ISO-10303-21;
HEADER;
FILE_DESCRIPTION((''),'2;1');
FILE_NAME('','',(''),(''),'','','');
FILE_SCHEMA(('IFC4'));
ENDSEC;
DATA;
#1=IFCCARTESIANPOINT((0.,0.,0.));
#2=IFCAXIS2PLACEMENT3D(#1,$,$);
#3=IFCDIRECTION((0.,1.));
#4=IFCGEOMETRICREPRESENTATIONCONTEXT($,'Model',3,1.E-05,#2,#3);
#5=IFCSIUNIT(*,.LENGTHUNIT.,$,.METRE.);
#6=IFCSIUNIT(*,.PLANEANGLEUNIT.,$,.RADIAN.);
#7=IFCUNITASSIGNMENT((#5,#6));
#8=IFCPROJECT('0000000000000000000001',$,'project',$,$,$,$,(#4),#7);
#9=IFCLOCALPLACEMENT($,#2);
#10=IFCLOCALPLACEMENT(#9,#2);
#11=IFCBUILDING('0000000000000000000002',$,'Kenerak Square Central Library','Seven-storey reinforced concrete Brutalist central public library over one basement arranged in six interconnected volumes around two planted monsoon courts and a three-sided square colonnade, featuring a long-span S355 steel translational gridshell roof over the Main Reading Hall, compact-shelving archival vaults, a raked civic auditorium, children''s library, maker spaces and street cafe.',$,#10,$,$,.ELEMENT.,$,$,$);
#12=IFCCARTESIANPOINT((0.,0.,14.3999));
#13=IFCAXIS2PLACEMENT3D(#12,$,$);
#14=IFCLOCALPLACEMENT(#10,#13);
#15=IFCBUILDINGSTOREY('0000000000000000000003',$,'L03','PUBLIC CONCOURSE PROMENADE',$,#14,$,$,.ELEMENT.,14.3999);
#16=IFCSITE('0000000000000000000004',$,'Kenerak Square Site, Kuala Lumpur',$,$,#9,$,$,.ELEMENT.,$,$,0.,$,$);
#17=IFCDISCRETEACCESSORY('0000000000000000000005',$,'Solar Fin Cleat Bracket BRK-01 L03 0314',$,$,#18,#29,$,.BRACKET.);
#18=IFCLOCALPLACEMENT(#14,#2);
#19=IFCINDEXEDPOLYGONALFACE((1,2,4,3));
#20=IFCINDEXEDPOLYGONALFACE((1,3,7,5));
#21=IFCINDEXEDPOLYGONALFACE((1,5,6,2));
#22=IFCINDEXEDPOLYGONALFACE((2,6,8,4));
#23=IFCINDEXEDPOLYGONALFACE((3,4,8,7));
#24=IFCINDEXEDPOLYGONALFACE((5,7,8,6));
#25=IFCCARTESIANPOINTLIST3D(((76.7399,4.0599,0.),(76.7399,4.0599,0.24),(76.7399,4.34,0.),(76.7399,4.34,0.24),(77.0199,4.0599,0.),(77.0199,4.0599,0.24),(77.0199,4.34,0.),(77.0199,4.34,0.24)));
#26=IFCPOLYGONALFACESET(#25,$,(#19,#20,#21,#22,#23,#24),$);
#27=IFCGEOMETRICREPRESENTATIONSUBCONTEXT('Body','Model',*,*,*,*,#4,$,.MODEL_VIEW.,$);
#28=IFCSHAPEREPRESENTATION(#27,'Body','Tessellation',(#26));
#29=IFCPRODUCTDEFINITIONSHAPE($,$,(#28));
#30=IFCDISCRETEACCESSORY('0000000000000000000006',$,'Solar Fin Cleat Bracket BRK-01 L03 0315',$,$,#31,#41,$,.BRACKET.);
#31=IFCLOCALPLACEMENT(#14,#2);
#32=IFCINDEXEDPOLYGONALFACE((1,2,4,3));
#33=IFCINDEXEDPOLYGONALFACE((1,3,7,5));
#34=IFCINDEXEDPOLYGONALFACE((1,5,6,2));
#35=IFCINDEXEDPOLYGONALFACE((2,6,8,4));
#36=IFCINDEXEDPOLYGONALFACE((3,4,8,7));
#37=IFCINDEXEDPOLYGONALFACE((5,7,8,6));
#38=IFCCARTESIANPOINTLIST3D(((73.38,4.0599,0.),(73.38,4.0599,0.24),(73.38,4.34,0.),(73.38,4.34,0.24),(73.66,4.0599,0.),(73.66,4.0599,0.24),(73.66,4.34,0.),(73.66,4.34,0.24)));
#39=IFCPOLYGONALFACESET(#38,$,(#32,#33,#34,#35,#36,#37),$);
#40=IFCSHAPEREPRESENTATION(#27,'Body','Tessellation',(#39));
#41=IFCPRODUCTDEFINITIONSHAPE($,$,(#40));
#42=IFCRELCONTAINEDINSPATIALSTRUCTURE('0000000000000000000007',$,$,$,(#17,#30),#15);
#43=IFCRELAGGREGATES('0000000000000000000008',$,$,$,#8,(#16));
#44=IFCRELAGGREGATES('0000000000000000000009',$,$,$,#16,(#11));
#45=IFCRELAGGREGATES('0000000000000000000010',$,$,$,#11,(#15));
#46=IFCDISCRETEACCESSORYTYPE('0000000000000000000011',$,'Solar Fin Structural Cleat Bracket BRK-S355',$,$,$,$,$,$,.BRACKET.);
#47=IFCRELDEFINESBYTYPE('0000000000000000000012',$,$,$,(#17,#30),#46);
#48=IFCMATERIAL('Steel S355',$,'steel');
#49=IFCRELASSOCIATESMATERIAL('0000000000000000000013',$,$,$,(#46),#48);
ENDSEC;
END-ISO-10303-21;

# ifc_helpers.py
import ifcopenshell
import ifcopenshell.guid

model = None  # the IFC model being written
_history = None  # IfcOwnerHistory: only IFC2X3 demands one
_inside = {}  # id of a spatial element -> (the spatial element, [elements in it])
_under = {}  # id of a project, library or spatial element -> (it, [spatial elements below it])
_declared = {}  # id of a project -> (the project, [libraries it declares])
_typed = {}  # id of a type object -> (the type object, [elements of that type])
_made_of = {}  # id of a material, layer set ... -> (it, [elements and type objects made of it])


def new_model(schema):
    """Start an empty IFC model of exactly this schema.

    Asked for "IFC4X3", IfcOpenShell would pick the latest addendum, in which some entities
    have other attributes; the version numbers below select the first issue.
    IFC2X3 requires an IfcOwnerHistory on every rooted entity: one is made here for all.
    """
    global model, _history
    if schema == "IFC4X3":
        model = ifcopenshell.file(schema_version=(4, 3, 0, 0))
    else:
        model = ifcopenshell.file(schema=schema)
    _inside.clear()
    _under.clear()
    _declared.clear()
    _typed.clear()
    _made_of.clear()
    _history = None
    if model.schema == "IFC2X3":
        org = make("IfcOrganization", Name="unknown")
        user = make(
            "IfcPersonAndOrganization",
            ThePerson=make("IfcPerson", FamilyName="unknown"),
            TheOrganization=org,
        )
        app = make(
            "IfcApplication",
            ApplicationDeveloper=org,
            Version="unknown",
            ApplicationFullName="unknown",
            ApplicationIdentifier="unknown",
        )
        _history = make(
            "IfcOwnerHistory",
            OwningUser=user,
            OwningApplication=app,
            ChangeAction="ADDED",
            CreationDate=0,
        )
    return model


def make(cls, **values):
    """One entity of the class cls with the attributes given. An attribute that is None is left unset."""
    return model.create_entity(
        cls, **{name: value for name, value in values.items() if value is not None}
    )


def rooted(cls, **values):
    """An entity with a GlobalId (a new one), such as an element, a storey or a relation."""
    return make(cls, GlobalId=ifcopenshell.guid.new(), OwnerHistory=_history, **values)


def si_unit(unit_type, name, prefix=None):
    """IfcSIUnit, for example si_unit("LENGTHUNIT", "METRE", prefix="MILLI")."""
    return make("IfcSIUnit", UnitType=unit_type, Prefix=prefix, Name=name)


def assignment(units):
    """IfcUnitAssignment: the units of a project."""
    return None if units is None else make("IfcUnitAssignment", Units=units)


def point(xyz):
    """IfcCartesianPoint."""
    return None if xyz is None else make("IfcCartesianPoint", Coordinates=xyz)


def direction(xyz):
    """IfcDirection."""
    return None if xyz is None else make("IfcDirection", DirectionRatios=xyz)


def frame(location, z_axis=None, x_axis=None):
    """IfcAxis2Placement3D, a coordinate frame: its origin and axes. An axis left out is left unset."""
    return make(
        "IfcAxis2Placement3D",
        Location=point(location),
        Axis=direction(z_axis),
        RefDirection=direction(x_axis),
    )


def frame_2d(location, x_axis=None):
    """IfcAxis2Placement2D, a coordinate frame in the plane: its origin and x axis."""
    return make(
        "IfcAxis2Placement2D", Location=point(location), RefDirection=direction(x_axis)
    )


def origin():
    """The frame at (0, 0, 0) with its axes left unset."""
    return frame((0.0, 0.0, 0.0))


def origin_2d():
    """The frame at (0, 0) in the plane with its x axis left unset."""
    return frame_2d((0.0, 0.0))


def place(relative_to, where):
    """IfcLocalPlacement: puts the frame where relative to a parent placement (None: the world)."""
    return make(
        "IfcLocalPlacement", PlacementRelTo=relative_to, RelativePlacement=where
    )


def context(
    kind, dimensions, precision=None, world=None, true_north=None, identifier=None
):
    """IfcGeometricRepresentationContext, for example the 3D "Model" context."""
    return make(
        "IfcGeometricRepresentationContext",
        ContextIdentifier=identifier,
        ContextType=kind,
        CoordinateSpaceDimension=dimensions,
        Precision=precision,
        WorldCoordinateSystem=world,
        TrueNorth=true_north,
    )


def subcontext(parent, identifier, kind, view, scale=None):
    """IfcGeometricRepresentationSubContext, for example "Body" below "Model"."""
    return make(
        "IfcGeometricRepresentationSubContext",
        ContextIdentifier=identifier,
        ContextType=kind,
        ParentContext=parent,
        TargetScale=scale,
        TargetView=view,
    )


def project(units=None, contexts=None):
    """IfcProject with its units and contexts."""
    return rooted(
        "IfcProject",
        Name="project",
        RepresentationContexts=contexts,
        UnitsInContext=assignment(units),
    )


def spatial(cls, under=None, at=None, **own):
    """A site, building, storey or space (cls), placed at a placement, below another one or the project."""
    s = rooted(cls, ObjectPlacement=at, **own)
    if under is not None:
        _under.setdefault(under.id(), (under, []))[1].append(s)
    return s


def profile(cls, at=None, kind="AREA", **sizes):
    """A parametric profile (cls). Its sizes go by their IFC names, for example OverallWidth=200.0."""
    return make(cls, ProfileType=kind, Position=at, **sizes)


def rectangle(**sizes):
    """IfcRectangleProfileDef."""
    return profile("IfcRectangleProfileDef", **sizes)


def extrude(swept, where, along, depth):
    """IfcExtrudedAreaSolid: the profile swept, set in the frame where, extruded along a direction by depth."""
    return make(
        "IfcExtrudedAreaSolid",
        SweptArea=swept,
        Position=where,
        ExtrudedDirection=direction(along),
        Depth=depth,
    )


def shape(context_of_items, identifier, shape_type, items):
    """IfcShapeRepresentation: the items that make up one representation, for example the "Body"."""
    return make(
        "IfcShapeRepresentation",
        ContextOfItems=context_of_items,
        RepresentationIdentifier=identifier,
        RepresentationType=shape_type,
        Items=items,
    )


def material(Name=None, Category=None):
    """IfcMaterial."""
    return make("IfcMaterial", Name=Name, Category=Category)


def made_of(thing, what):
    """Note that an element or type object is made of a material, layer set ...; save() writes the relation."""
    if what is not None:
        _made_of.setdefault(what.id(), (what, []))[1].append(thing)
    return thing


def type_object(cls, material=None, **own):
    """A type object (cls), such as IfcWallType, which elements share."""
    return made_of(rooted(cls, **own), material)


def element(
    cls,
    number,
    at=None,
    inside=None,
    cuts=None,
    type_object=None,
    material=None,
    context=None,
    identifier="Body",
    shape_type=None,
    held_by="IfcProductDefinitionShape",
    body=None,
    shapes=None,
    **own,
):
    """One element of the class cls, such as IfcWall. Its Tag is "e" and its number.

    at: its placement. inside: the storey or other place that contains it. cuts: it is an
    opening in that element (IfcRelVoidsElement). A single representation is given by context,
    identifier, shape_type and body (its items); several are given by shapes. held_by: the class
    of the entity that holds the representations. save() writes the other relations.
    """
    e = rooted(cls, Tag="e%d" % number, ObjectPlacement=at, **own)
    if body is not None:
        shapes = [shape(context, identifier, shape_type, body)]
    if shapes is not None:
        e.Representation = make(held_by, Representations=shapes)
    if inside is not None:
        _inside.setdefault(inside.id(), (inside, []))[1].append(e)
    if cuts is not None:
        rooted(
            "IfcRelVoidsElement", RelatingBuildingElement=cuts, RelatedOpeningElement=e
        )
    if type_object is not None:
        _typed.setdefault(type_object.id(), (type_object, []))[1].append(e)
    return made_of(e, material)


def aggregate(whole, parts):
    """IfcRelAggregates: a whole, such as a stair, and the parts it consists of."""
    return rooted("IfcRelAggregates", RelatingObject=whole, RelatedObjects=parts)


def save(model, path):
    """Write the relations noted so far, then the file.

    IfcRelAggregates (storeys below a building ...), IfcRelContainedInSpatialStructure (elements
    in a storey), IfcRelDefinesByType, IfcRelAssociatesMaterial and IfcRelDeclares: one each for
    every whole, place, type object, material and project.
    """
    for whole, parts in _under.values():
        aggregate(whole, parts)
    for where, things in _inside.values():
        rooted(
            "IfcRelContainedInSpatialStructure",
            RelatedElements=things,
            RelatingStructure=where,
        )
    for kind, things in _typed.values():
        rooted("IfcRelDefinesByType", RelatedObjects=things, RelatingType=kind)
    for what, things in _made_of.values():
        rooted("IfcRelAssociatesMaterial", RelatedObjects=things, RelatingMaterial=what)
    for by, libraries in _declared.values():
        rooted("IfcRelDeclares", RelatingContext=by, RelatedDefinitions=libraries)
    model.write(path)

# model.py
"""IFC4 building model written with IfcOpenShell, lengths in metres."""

from ifc_helpers import new_model, si_unit, direction, frame, origin, origin_2d, place, context, subcontext, project, spatial, rectangle, extrude, material, type_object, element, save


model = new_model("IFC4")

# Units and contexts
model_context = context("Model", 3, precision=1e-05, world=origin(), true_north=direction((0.0, 1.0)))
body_context = subcontext(model_context, "Body", "Model", "MODEL_VIEW")
ifc_project = project(units=[si_unit("LENGTHUNIT", "METRE"), si_unit("PLANEANGLEUNIT", "RADIAN")], contexts=[model_context])

# Site, building, storey
site_placement = place(None, origin())
site = spatial("IfcSite", under=ifc_project, at=site_placement, Name="Kenerak Square Site, Kuala Lumpur", CompositionType="ELEMENT", RefElevation=0.0)
building_placement = place(site_placement, origin())
building = spatial("IfcBuilding", under=site, at=building_placement, Name="Kenerak Square Central Library", Description="Seven-storey reinforced concrete Brutalist central public library over one basement arranged in six interconnected volumes around two planted monsoon courts and a three-sided square colonnade, featuring a long-span S355 steel translational gridshell roof over the Main Reading Hall, compact-shelving archival vaults, a raked civic auditorium, children's library, maker spaces and street cafe.", CompositionType="ELEMENT")
storey_placement = place(building_placement, frame((0.0, 0.0, 14.3999)))
storey = spatial("IfcBuildingStorey", under=building, at=storey_placement, Name="L03", Description="PUBLIC CONCOURSE PROMENADE", CompositionType="ELEMENT", Elevation=14.3999)

# Shared definitions
ifc_material_1 = material(Name="Steel S355", Category="steel")

# Discrete accessories
discrete_accessory_type = type_object("IfcDiscreteAccessoryType", Name="Solar Fin Structural Cleat Bracket BRK-S355", PredefinedType="BRACKET", material=ifc_material_1)
for number, where, z_axis, x_axis, name in (
    (1, (76.8799, 4.2, 0.0), (0.0, 0.0, 1.0), (-1.0, 0.0, 0.0), "Solar Fin Cleat Bracket BRK-01 L03 0314"),
    (2, (73.52, 4.2, 0.0), (0.0, 0.0, 1.0), (-1.0, 0.0, 0.0), "Solar Fin Cleat Bracket BRK-01 L03 0315"),
):
    element("IfcDiscreteAccessory", number, at=place(storey_placement, frame(where, z_axis=z_axis, x_axis=x_axis)), inside=storey, type_object=discrete_accessory_type, Name=name, PredefinedType="BRACKET", context=body_context, shape_type="SweptSolid", body=[
        extrude(rectangle(XDim=0.28, YDim=0.28, at=origin_2d()), origin(), (0.0, 0.0, 1.0), 0.24),
    ])

save(model, "model.ifc")
